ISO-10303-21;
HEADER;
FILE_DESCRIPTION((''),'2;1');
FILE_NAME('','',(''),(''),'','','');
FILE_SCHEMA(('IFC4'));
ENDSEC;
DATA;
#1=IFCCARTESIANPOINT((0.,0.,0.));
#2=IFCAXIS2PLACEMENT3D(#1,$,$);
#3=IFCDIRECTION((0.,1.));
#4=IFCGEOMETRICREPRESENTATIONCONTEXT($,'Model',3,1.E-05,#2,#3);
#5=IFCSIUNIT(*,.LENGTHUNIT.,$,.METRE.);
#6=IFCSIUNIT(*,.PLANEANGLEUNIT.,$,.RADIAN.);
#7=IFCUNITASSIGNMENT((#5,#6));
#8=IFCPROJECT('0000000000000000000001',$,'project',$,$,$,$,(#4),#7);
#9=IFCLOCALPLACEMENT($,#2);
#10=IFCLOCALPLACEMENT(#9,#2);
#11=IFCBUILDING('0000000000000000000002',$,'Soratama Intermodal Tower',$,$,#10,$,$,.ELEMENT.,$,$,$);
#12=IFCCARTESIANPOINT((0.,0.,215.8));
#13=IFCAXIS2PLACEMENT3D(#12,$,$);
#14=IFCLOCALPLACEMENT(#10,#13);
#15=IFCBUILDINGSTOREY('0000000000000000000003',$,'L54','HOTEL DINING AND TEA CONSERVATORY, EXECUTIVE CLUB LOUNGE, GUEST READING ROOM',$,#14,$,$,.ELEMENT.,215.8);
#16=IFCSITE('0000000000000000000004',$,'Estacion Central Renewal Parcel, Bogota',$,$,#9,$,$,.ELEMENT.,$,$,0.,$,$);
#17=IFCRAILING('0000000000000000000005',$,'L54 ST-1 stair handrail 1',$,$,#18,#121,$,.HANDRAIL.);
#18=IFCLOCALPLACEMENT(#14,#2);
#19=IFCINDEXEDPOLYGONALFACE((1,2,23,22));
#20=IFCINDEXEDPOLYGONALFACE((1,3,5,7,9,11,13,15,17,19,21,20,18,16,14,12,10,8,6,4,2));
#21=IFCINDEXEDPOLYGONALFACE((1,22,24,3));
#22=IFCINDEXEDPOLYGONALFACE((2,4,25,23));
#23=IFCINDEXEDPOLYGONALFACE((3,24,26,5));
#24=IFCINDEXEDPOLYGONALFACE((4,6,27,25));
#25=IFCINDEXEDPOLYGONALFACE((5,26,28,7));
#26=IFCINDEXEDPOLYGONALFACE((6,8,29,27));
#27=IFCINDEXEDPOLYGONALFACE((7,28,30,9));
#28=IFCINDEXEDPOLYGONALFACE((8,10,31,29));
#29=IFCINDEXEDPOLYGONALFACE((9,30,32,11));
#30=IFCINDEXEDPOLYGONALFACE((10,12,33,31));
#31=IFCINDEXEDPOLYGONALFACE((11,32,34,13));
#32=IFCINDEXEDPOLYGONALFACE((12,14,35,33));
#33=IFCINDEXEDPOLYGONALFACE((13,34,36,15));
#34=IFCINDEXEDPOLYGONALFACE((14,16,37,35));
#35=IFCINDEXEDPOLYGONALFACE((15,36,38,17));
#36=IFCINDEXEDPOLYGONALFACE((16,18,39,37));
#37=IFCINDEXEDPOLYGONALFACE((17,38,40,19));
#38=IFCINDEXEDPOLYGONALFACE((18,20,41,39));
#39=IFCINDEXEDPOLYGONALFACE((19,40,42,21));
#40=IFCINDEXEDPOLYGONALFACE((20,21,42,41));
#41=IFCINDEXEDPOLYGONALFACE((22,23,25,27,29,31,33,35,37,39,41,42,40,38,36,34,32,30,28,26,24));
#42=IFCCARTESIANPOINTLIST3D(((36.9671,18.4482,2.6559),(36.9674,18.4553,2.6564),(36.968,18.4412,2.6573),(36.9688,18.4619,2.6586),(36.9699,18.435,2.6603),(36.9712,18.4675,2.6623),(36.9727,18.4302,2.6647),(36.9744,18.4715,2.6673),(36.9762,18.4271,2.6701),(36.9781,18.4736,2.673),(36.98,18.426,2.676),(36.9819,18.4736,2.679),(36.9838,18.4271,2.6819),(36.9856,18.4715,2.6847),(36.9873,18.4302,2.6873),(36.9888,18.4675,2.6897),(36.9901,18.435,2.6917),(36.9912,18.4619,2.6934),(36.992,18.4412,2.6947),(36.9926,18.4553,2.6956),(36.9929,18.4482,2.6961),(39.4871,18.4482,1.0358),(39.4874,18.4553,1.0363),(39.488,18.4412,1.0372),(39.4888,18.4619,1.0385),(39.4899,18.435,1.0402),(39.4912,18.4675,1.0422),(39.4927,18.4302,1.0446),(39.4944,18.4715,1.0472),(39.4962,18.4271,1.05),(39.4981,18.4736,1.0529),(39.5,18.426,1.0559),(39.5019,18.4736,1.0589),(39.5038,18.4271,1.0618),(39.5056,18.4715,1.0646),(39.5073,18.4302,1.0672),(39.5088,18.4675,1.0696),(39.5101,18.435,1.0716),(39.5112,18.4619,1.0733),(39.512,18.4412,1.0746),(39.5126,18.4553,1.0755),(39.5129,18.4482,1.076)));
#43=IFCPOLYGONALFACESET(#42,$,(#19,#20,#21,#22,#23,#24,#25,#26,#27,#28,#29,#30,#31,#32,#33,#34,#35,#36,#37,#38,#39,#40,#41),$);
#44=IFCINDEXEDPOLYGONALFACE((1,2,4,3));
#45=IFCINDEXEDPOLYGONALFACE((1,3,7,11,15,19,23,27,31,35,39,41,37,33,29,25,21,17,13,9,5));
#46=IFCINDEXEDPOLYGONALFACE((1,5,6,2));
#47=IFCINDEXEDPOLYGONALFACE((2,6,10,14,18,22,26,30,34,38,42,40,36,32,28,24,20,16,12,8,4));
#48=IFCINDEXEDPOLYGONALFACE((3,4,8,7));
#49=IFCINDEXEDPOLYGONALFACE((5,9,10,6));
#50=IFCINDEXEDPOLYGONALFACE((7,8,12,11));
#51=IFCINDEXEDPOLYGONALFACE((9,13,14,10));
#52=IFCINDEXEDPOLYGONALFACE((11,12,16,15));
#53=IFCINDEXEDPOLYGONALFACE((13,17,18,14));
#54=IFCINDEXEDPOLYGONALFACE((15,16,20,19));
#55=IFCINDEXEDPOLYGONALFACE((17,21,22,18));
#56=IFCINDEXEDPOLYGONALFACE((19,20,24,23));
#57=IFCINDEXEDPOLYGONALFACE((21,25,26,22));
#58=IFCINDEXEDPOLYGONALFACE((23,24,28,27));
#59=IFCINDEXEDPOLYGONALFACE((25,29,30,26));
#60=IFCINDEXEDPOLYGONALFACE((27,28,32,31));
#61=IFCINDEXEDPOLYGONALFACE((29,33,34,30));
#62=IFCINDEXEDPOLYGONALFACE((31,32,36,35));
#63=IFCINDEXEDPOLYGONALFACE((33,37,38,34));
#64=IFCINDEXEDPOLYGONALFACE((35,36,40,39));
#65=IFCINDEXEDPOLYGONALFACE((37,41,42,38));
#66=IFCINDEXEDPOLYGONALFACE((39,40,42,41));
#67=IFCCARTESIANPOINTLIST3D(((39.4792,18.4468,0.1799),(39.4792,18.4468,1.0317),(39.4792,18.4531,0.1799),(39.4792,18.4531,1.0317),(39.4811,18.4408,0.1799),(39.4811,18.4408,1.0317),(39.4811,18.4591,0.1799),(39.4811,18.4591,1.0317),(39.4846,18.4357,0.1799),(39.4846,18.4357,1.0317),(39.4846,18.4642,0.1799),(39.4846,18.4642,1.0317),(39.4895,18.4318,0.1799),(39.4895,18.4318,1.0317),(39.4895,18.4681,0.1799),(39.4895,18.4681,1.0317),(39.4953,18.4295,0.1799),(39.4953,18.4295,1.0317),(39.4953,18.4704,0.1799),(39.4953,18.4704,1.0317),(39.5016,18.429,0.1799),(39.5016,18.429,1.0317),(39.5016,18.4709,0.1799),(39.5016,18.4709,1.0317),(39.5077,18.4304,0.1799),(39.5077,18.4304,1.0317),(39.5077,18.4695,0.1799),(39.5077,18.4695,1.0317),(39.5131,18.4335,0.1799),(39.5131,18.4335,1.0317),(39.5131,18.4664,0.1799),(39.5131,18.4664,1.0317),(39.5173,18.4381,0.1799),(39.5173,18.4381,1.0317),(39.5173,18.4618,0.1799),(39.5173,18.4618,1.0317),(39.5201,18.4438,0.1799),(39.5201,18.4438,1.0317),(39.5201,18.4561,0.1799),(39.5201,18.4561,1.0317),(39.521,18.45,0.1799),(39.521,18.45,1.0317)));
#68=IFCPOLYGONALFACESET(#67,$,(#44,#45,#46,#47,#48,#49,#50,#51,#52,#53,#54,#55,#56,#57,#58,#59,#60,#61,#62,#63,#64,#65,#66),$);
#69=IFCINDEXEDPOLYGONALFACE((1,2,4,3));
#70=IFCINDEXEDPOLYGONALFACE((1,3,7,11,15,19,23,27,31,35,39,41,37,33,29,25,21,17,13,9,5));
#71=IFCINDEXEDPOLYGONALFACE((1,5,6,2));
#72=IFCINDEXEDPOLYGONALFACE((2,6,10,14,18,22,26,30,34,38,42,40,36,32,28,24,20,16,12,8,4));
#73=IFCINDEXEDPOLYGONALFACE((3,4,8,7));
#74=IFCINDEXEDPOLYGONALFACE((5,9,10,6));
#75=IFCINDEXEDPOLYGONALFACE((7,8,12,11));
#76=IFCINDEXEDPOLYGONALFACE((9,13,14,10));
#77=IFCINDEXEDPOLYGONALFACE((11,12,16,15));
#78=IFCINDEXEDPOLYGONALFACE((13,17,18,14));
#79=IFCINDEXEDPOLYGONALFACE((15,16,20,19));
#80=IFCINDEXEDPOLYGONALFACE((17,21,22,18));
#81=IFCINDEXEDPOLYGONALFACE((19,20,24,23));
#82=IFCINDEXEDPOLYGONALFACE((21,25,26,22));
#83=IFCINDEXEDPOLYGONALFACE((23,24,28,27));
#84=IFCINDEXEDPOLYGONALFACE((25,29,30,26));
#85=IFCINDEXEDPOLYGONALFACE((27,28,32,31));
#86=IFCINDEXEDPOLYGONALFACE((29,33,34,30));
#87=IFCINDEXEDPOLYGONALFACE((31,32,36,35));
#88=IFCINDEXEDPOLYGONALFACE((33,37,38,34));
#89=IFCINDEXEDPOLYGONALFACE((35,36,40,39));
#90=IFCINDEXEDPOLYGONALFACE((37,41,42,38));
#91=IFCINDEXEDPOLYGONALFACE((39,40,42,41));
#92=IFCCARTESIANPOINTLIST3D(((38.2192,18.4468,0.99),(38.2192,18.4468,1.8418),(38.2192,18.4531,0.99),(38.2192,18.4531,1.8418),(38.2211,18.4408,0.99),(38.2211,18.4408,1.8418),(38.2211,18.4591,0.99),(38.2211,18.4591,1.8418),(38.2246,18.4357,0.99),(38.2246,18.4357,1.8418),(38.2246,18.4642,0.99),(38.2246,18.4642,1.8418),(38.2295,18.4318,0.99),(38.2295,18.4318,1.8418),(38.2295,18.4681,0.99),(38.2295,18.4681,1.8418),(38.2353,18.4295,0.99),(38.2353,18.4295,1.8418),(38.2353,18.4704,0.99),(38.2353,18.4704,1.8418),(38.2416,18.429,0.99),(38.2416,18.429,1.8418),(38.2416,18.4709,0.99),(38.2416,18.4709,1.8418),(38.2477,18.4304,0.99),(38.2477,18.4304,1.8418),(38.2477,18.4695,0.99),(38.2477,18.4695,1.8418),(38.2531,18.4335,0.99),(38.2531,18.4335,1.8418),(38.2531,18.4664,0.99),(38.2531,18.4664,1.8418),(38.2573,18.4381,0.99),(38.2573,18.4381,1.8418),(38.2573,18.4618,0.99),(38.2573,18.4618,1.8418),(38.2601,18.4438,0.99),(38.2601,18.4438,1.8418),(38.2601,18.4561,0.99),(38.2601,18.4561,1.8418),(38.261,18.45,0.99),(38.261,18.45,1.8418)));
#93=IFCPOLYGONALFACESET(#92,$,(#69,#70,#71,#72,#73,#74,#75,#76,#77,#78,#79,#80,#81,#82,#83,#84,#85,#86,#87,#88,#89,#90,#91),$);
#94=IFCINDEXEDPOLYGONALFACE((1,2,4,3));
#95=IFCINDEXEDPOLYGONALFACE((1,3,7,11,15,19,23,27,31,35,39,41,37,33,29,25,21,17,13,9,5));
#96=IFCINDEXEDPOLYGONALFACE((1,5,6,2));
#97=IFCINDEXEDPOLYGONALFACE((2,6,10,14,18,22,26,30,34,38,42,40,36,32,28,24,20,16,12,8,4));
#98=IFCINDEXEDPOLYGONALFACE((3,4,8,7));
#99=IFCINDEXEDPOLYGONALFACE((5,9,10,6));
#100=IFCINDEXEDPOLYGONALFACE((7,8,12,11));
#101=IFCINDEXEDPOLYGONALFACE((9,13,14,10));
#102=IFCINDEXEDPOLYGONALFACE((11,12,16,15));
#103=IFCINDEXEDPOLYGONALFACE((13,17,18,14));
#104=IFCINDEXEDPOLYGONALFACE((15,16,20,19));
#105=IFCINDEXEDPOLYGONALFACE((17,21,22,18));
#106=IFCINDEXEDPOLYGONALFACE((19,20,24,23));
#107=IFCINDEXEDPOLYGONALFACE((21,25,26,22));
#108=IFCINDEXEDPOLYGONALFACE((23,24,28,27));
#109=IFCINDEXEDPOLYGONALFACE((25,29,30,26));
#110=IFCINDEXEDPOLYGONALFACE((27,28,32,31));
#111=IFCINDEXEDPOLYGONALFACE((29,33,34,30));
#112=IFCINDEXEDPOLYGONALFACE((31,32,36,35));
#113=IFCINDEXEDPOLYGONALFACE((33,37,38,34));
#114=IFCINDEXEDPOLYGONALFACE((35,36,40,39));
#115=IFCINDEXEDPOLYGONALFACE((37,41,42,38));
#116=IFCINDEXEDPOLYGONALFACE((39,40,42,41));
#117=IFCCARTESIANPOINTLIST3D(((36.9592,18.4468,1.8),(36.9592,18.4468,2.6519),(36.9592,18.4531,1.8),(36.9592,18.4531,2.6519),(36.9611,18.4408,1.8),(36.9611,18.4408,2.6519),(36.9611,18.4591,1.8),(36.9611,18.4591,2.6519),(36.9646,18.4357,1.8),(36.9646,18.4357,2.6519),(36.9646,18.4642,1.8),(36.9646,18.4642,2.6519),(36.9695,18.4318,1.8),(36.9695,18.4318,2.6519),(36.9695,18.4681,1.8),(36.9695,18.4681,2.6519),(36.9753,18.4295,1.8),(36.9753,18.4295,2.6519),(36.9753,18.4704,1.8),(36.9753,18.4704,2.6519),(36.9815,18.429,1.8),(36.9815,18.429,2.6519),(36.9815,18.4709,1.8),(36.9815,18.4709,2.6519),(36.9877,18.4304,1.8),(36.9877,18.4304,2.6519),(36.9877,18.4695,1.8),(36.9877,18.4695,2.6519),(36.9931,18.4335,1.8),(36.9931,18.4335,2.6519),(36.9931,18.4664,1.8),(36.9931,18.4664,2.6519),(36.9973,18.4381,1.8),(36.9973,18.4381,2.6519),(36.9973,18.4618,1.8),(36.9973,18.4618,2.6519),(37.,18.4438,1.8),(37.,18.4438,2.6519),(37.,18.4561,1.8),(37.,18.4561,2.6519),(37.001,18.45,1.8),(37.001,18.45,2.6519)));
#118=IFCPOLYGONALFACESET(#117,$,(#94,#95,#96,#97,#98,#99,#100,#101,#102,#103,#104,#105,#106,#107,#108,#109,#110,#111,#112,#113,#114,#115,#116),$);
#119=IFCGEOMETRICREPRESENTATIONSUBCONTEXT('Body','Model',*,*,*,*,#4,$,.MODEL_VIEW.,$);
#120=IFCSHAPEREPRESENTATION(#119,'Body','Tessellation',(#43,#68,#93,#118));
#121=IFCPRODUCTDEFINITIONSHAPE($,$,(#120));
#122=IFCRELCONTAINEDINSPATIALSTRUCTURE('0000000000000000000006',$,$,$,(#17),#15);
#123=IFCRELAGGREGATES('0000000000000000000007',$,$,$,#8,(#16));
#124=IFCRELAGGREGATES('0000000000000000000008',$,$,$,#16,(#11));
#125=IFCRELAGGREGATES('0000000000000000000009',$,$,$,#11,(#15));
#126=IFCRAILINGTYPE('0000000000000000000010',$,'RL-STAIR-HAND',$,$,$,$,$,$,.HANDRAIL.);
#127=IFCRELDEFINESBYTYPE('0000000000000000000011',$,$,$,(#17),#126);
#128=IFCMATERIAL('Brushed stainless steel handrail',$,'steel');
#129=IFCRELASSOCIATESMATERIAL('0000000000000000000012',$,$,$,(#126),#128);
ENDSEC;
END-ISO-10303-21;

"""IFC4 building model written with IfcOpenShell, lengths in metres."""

from ifc_helpers import new_model, si_unit, direction, frame, origin, origin_2d, place, context, subcontext, project, spatial, circle, extrude, material, type_object, element, save


model = new_model("IFC4")

# Units and contexts
model_context = context("Model", 3, precision=1e-05, world=origin(), true_north=direction((0.0, 1.0)))
body_context = subcontext(model_context, "Body", "Model", "MODEL_VIEW")
ifc_project = project(units=[si_unit("LENGTHUNIT", "METRE"), si_unit("PLANEANGLEUNIT", "RADIAN")], contexts=[model_context])

# Site, building, storey
site_placement = place(None, origin())
site = spatial("IfcSite", under=ifc_project, at=site_placement, Name="Estacion Central Renewal Parcel, Bogota", CompositionType="ELEMENT", RefElevation=0.0)
building_placement = place(site_placement, origin())
building = spatial("IfcBuilding", under=site, at=building_placement, Name="Soratama Intermodal Tower", CompositionType="ELEMENT")
storey_placement = place(building_placement, frame((0.0, 0.0, 215.8)))
storey = spatial("IfcBuildingStorey", under=building, at=storey_placement, Name="L54", Description="HOTEL DINING AND TEA CONSERVATORY, EXECUTIVE CLUB LOUNGE, GUEST READING ROOM", CompositionType="ELEMENT", Elevation=215.8)

# Railing
ifc_material_1 = material(Name="Brushed stainless steel handrail", Category="steel")
railing_type_1 = type_object("IfcRailingType", Name="RL-STAIR-HAND", PredefinedType="HANDRAIL", material=ifc_material_1)
railing_1_placement = place(storey_placement, frame((39.5, 18.45, 0.1799)))
element("IfcRailing", 1, at=railing_1_placement, inside=storey, type_object=railing_type_1, Name="L54 ST-1 stair handrail 1", PredefinedType="HANDRAIL", context=body_context, shape_type="SweptSolid", body=[
    extrude(circle(Radius=0.0239, at=origin_2d()), frame((0.0, 0.0, 0.876), z_axis=(-0.841163, 0.0, 0.540782), x_axis=(0.0, -1.0, 0.0)), (0.0, 0.0, 1.0), 2.9958),
    extrude(circle(Radius=0.021, at=origin_2d()), origin(), (0.0, 0.0, 1.0), 0.8518),
    extrude(circle(Radius=0.021, at=origin_2d()), frame((-1.26, 0.0, 0.8101)), (0.0, 0.0, 1.0), 0.8518),
    extrude(circle(Radius=0.021, at=origin_2d()), frame((-2.52, 0.0, 1.6201)), (0.0, 0.0, 1.0), 0.8518),
])

save(model, "model.ifc")
